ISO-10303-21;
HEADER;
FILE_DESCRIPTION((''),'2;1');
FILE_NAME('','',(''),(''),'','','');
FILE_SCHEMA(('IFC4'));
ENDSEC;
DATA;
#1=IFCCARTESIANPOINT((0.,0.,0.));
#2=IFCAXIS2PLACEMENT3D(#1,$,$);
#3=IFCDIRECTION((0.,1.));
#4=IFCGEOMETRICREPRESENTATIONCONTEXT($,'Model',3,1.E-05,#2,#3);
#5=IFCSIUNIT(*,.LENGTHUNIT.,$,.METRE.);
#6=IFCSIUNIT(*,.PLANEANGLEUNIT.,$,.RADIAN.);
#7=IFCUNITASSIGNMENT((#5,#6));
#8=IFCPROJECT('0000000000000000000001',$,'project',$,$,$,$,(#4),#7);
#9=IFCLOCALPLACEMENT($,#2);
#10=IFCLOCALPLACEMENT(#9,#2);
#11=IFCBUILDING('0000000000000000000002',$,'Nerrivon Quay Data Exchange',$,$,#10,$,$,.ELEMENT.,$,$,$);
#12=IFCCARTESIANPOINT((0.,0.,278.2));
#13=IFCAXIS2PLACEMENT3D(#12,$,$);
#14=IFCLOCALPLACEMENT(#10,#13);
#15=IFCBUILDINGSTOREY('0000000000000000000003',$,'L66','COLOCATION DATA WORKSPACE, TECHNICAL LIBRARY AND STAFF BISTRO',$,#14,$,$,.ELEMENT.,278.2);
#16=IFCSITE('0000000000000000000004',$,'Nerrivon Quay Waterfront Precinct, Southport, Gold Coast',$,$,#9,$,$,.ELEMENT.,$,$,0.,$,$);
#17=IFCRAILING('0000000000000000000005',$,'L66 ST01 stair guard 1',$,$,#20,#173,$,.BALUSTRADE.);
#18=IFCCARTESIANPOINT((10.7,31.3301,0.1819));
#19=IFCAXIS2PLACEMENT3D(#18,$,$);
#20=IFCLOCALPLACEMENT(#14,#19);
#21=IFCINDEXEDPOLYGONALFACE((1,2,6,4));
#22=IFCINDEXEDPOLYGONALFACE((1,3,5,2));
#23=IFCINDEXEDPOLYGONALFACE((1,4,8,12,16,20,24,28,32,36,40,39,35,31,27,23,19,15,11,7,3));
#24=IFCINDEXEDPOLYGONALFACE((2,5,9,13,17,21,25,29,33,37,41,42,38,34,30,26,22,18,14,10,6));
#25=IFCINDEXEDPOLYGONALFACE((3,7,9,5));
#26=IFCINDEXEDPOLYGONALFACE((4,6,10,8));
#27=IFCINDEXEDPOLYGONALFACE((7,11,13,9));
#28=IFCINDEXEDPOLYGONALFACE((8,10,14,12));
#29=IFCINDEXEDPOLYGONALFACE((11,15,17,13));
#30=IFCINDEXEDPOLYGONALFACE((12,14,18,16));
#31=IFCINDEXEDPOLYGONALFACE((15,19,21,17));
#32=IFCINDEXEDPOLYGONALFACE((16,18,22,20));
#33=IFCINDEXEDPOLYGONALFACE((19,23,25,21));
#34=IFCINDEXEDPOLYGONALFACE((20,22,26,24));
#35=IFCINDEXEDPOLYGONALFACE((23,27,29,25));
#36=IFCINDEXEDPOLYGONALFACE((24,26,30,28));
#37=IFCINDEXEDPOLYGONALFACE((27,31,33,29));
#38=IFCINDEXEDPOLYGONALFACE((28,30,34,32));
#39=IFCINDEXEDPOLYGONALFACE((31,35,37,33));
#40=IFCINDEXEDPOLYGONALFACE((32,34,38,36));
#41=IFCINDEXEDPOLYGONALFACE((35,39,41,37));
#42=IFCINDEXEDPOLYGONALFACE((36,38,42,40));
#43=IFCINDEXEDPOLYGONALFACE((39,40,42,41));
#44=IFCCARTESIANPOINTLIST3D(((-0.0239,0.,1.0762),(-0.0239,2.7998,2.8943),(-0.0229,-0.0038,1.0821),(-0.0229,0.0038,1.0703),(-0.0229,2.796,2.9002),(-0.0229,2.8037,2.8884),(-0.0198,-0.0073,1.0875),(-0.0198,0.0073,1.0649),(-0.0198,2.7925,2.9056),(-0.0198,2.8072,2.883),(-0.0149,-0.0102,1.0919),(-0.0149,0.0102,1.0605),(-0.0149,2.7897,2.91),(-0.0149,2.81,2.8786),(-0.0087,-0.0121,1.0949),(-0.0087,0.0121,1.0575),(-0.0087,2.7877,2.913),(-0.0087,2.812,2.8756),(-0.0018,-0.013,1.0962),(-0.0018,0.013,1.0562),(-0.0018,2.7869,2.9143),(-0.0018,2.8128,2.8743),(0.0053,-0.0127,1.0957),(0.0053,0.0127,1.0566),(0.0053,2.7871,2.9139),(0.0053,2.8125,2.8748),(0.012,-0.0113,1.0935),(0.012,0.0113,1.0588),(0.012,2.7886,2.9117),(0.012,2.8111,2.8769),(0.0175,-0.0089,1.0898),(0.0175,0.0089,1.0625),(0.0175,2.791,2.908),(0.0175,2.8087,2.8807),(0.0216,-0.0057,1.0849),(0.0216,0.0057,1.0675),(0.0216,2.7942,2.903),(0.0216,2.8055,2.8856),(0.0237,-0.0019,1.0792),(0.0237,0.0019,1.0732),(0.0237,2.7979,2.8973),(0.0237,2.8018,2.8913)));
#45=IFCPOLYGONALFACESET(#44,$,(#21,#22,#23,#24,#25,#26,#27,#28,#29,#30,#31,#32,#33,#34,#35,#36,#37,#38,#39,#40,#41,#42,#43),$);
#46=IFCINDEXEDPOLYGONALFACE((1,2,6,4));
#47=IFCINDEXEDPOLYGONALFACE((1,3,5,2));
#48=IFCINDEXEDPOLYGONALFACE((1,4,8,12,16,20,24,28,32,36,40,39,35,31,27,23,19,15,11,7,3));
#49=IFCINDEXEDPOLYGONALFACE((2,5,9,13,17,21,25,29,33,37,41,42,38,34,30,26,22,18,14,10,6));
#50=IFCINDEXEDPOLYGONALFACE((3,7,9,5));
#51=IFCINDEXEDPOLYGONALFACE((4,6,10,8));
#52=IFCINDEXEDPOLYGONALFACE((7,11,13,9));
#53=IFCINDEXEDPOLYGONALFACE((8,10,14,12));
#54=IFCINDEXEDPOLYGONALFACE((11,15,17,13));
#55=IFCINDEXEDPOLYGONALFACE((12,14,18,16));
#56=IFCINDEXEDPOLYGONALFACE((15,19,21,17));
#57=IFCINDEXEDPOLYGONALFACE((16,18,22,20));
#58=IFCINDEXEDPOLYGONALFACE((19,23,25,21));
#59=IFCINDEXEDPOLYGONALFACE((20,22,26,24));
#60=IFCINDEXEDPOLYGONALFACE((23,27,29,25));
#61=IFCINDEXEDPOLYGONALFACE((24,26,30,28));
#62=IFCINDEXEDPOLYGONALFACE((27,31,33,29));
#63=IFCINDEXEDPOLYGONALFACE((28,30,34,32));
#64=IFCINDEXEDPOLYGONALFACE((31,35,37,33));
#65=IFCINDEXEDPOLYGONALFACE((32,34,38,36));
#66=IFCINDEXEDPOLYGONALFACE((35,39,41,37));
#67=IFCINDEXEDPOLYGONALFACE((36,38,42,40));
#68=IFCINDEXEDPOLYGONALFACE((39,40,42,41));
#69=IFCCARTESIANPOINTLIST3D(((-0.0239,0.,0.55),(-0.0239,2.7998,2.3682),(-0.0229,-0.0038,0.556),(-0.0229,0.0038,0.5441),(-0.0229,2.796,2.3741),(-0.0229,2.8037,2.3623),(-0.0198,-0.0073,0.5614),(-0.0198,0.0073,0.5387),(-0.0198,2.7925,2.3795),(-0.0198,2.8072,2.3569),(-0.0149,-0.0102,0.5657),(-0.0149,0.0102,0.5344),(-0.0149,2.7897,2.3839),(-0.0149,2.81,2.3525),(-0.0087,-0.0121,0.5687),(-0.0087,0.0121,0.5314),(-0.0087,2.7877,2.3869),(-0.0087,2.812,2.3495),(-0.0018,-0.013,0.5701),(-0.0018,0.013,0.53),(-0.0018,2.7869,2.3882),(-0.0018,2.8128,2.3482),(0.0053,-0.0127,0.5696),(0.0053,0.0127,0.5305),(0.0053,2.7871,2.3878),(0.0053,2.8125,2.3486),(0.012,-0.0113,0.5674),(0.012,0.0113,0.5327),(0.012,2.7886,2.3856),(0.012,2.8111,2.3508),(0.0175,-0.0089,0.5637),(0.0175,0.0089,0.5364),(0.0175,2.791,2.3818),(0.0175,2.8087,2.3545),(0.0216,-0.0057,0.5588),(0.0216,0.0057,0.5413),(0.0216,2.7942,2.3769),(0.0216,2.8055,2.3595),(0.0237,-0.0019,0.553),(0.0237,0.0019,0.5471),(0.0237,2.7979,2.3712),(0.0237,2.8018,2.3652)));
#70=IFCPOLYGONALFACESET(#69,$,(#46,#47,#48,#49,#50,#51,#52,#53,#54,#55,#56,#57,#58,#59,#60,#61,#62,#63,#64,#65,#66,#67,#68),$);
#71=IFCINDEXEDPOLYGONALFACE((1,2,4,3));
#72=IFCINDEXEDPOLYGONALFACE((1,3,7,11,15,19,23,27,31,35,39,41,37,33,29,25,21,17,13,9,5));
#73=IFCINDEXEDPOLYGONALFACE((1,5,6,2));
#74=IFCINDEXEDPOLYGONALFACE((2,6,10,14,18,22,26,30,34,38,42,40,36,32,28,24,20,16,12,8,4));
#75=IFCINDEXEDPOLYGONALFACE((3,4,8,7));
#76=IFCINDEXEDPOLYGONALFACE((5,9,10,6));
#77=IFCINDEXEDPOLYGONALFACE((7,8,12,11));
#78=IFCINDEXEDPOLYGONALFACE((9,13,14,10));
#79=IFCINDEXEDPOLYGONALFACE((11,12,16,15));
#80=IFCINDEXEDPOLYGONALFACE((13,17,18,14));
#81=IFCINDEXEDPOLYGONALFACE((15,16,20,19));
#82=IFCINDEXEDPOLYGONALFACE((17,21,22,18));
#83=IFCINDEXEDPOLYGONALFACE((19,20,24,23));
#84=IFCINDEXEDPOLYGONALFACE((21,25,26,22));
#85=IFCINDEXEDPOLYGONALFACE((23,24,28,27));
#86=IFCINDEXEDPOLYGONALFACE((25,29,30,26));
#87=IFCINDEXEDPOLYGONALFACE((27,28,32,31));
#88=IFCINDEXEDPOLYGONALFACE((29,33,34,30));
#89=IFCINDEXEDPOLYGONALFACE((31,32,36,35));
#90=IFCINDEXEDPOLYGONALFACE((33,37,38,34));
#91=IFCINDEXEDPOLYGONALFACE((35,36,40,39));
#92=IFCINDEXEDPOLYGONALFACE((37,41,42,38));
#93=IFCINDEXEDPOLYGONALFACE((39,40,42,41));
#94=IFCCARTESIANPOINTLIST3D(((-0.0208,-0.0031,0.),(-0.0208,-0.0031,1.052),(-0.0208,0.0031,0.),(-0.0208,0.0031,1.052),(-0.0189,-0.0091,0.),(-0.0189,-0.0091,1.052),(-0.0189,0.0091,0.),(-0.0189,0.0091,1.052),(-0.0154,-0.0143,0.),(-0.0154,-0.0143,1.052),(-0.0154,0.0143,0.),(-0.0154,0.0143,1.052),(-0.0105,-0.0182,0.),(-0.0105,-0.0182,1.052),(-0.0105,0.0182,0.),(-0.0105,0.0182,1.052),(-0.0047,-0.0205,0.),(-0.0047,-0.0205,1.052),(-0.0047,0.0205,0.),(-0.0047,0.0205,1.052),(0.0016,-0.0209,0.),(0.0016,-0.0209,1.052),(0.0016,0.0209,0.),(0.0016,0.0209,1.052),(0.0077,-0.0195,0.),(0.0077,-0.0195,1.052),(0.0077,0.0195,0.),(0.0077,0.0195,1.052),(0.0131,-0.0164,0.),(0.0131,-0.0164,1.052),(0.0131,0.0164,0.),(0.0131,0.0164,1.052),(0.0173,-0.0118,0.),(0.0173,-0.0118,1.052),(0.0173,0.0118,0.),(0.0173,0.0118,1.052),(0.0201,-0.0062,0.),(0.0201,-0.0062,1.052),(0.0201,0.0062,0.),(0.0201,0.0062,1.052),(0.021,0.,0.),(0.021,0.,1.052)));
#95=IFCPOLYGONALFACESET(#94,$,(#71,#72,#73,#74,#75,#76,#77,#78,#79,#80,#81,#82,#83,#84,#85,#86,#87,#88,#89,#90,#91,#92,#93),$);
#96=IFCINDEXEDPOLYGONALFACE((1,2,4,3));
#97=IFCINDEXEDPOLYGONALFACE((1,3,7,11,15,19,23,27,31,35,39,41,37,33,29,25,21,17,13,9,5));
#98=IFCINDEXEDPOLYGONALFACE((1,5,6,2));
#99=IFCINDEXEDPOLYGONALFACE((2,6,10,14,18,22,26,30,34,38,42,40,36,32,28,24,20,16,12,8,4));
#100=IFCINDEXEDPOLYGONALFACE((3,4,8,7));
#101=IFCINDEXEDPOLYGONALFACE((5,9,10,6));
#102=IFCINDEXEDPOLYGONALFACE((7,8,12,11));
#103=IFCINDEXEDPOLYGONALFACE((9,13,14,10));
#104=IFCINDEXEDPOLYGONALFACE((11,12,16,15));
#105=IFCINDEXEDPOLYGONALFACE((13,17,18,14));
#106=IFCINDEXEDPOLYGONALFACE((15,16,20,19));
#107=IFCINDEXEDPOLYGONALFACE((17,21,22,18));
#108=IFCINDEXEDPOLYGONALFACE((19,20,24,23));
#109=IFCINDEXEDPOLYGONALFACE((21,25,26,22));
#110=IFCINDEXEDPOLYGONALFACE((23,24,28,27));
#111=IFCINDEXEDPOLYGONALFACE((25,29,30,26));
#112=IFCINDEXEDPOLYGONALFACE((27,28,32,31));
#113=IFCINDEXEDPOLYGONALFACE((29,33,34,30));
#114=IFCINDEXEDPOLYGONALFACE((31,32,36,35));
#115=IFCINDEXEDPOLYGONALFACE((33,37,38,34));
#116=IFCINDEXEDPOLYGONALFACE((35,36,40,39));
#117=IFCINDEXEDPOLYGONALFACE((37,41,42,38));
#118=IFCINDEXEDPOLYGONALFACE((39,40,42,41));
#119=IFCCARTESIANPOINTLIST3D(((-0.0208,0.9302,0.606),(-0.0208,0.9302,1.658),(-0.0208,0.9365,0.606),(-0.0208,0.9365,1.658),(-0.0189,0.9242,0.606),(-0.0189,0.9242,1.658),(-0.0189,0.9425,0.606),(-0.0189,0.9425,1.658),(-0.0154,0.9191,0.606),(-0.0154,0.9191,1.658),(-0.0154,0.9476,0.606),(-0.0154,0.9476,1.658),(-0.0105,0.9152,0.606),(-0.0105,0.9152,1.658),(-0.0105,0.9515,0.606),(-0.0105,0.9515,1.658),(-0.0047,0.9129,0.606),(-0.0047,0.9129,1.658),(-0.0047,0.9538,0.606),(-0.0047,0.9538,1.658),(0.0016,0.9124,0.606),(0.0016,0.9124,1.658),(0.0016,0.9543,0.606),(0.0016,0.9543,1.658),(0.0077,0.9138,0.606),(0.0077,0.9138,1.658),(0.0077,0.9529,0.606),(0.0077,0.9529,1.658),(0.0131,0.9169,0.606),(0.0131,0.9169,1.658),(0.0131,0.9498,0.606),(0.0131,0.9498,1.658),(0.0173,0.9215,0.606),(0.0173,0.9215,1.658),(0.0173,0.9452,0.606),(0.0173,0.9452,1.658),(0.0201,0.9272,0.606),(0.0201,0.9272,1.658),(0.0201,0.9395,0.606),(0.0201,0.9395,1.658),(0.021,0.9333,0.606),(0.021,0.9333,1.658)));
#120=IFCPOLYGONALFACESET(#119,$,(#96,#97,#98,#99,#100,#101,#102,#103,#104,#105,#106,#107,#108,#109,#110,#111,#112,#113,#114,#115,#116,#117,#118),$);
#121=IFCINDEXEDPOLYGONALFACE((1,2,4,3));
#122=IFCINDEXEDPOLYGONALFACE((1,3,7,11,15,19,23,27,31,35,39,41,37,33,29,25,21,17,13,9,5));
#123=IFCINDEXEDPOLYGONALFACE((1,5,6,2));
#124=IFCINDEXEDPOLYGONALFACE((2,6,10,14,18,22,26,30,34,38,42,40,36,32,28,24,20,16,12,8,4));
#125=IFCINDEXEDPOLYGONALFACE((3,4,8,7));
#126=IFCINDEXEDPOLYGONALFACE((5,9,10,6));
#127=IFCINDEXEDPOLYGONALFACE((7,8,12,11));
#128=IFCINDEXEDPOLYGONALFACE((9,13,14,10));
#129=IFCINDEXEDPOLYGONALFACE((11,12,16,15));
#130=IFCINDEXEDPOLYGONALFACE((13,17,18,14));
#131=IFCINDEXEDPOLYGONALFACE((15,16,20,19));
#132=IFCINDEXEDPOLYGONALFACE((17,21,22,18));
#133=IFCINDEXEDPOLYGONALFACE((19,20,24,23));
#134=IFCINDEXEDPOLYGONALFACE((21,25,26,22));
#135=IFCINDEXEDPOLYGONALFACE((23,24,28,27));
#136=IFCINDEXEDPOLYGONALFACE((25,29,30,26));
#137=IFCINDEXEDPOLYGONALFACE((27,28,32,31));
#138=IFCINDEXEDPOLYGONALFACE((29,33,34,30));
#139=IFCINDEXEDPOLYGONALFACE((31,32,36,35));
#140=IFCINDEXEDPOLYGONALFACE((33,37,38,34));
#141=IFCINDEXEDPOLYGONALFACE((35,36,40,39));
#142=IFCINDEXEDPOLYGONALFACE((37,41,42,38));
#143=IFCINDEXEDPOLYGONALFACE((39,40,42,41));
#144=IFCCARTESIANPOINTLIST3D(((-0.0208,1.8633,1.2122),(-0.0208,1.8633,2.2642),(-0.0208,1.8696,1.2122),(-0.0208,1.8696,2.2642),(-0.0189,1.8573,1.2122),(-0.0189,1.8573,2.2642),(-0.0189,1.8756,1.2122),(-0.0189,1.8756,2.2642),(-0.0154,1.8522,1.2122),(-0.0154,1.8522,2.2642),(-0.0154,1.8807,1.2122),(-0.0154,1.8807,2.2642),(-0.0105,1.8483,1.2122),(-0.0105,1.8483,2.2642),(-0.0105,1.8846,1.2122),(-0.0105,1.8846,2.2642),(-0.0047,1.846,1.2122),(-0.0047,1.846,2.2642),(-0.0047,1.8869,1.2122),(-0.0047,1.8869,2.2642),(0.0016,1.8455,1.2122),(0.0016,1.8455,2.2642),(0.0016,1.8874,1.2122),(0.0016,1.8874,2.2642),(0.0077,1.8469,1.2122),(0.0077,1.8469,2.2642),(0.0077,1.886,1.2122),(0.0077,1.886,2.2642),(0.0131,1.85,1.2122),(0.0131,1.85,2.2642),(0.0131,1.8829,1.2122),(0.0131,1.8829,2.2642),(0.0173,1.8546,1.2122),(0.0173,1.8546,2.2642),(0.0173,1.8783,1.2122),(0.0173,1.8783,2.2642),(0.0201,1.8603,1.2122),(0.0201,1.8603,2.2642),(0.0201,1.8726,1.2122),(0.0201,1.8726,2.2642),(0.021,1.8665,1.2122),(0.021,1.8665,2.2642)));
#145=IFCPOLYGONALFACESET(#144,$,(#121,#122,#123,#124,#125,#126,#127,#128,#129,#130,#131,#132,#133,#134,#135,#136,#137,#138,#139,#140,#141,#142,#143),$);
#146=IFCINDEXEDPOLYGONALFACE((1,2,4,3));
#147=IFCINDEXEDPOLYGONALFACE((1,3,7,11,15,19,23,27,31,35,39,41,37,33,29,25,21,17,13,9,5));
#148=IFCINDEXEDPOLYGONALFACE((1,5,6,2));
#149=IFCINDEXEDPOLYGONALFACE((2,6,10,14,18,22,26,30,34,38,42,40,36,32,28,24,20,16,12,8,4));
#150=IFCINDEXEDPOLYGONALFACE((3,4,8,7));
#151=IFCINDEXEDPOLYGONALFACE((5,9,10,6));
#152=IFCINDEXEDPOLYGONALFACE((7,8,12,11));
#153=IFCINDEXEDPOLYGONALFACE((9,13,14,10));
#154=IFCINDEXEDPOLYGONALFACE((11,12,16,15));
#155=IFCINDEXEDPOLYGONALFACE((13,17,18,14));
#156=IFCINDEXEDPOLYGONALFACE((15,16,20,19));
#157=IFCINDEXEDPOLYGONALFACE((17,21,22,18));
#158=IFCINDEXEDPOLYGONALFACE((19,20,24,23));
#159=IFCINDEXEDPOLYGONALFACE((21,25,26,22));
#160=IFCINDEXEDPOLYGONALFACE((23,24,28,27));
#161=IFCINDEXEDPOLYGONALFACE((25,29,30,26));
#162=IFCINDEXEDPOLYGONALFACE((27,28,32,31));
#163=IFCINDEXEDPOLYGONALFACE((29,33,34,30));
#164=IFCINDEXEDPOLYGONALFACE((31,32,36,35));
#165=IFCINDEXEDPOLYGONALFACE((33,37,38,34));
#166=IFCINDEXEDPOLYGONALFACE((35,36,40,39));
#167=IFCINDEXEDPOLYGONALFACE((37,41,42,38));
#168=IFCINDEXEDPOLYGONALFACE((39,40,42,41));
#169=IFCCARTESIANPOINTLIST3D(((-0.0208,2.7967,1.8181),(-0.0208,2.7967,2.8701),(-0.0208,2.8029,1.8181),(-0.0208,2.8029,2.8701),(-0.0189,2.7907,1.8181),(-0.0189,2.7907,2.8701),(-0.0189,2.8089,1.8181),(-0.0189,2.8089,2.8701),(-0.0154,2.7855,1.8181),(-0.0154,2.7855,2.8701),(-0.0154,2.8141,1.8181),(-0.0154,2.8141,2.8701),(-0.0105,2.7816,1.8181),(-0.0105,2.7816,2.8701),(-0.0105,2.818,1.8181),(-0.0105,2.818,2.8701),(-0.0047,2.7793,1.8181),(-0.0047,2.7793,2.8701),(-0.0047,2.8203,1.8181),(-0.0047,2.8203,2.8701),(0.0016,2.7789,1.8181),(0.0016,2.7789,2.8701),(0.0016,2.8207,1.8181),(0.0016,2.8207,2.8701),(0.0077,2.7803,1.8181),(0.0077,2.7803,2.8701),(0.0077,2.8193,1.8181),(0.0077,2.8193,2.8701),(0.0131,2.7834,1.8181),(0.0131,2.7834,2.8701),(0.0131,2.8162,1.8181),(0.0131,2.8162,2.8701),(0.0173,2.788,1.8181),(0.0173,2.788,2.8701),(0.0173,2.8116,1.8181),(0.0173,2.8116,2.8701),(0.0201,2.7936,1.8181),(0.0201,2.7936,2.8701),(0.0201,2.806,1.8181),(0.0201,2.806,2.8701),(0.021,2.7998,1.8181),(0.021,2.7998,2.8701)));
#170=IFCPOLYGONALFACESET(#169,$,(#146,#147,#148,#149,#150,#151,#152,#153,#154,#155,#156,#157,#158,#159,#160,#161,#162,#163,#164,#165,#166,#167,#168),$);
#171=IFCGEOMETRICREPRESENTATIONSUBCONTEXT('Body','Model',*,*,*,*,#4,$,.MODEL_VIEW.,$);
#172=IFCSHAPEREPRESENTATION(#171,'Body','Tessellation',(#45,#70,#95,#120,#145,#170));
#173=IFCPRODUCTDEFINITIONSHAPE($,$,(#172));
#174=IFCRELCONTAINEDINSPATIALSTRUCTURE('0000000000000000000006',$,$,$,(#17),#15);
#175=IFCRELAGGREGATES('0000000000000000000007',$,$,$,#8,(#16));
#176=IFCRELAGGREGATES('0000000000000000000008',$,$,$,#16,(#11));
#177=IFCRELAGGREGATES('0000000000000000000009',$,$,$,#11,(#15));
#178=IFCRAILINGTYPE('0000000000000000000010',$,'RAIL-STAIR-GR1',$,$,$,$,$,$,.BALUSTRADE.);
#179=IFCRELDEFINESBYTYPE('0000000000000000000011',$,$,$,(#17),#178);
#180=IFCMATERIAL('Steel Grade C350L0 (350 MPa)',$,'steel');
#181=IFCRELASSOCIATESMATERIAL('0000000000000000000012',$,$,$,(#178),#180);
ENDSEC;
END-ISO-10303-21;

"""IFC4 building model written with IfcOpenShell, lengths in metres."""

from ifc_helpers import new_model, si_unit, direction, frame, origin, origin_2d, place, context, subcontext, project, spatial, circle, extrude, material, type_object, element, save


model = new_model("IFC4")

# Units and contexts
model_context = context("Model", 3, precision=1e-05, world=origin(), true_north=direction((0.0, 1.0)))
body_context = subcontext(model_context, "Body", "Model", "MODEL_VIEW")
ifc_project = project(units=[si_unit("LENGTHUNIT", "METRE"), si_unit("PLANEANGLEUNIT", "RADIAN")], contexts=[model_context])

# Site, building, storey
site_placement = place(None, origin())
site = spatial("IfcSite", under=ifc_project, at=site_placement, Name="Nerrivon Quay Waterfront Precinct, Southport, Gold Coast", CompositionType="ELEMENT", RefElevation=0.0)
building_placement = place(site_placement, origin())
building = spatial("IfcBuilding", under=site, at=building_placement, Name="Nerrivon Quay Data Exchange", CompositionType="ELEMENT")
storey_placement = place(building_placement, frame((0.0, 0.0, 278.2)))
storey = spatial("IfcBuildingStorey", under=building, at=storey_placement, Name="L66", Description="COLOCATION DATA WORKSPACE, TECHNICAL LIBRARY AND STAFF BISTRO", CompositionType="ELEMENT", Elevation=278.2)

# Railing
ifc_material_1 = material(Name="Steel Grade C350L0 (350 MPa)", Category="steel")
railing_type_1 = type_object("IfcRailingType", Name="RAIL-STAIR-GR1", PredefinedType="BALUSTRADE", material=ifc_material_1)
railing_1_placement = place(storey_placement, frame((10.7, 31.3301, 0.1819)))
element("IfcRailing", 1, at=railing_1_placement, inside=storey, type_object=railing_type_1, Name="L66 ST01 stair guard 1", PredefinedType="BALUSTRADE", context=body_context, shape_type="SweptSolid", body=[
    extrude(circle(Radius=0.0239, at=origin_2d()), frame((0.0, 0.0, 1.0762), z_axis=(0.0, 0.838684, 0.544618), x_axis=(-1.0, 0.0, 0.0)), (0.0, 0.0, 1.0), 3.3384),
    extrude(circle(Radius=0.0239, at=origin_2d()), frame((0.0, 0.0, 0.55), z_axis=(0.0, 0.838684, 0.544618), x_axis=(-1.0, 0.0, 0.0)), (0.0, 0.0, 1.0), 3.3384),
    extrude(circle(Radius=0.021, at=origin_2d()), origin(), (0.0, 0.0, 1.0), 1.052),
    extrude(circle(Radius=0.021, at=origin_2d()), frame((0.0, 0.9333, 0.606)), (0.0, 0.0, 1.0), 1.052),
    extrude(circle(Radius=0.021, at=origin_2d()), frame((0.0, 1.8665, 1.2122)), (0.0, 0.0, 1.0), 1.052),
    extrude(circle(Radius=0.021, at=origin_2d()), frame((0.0, 2.7998, 1.8181)), (0.0, 0.0, 1.0), 1.052),
])

save(model, "model.ifc")
